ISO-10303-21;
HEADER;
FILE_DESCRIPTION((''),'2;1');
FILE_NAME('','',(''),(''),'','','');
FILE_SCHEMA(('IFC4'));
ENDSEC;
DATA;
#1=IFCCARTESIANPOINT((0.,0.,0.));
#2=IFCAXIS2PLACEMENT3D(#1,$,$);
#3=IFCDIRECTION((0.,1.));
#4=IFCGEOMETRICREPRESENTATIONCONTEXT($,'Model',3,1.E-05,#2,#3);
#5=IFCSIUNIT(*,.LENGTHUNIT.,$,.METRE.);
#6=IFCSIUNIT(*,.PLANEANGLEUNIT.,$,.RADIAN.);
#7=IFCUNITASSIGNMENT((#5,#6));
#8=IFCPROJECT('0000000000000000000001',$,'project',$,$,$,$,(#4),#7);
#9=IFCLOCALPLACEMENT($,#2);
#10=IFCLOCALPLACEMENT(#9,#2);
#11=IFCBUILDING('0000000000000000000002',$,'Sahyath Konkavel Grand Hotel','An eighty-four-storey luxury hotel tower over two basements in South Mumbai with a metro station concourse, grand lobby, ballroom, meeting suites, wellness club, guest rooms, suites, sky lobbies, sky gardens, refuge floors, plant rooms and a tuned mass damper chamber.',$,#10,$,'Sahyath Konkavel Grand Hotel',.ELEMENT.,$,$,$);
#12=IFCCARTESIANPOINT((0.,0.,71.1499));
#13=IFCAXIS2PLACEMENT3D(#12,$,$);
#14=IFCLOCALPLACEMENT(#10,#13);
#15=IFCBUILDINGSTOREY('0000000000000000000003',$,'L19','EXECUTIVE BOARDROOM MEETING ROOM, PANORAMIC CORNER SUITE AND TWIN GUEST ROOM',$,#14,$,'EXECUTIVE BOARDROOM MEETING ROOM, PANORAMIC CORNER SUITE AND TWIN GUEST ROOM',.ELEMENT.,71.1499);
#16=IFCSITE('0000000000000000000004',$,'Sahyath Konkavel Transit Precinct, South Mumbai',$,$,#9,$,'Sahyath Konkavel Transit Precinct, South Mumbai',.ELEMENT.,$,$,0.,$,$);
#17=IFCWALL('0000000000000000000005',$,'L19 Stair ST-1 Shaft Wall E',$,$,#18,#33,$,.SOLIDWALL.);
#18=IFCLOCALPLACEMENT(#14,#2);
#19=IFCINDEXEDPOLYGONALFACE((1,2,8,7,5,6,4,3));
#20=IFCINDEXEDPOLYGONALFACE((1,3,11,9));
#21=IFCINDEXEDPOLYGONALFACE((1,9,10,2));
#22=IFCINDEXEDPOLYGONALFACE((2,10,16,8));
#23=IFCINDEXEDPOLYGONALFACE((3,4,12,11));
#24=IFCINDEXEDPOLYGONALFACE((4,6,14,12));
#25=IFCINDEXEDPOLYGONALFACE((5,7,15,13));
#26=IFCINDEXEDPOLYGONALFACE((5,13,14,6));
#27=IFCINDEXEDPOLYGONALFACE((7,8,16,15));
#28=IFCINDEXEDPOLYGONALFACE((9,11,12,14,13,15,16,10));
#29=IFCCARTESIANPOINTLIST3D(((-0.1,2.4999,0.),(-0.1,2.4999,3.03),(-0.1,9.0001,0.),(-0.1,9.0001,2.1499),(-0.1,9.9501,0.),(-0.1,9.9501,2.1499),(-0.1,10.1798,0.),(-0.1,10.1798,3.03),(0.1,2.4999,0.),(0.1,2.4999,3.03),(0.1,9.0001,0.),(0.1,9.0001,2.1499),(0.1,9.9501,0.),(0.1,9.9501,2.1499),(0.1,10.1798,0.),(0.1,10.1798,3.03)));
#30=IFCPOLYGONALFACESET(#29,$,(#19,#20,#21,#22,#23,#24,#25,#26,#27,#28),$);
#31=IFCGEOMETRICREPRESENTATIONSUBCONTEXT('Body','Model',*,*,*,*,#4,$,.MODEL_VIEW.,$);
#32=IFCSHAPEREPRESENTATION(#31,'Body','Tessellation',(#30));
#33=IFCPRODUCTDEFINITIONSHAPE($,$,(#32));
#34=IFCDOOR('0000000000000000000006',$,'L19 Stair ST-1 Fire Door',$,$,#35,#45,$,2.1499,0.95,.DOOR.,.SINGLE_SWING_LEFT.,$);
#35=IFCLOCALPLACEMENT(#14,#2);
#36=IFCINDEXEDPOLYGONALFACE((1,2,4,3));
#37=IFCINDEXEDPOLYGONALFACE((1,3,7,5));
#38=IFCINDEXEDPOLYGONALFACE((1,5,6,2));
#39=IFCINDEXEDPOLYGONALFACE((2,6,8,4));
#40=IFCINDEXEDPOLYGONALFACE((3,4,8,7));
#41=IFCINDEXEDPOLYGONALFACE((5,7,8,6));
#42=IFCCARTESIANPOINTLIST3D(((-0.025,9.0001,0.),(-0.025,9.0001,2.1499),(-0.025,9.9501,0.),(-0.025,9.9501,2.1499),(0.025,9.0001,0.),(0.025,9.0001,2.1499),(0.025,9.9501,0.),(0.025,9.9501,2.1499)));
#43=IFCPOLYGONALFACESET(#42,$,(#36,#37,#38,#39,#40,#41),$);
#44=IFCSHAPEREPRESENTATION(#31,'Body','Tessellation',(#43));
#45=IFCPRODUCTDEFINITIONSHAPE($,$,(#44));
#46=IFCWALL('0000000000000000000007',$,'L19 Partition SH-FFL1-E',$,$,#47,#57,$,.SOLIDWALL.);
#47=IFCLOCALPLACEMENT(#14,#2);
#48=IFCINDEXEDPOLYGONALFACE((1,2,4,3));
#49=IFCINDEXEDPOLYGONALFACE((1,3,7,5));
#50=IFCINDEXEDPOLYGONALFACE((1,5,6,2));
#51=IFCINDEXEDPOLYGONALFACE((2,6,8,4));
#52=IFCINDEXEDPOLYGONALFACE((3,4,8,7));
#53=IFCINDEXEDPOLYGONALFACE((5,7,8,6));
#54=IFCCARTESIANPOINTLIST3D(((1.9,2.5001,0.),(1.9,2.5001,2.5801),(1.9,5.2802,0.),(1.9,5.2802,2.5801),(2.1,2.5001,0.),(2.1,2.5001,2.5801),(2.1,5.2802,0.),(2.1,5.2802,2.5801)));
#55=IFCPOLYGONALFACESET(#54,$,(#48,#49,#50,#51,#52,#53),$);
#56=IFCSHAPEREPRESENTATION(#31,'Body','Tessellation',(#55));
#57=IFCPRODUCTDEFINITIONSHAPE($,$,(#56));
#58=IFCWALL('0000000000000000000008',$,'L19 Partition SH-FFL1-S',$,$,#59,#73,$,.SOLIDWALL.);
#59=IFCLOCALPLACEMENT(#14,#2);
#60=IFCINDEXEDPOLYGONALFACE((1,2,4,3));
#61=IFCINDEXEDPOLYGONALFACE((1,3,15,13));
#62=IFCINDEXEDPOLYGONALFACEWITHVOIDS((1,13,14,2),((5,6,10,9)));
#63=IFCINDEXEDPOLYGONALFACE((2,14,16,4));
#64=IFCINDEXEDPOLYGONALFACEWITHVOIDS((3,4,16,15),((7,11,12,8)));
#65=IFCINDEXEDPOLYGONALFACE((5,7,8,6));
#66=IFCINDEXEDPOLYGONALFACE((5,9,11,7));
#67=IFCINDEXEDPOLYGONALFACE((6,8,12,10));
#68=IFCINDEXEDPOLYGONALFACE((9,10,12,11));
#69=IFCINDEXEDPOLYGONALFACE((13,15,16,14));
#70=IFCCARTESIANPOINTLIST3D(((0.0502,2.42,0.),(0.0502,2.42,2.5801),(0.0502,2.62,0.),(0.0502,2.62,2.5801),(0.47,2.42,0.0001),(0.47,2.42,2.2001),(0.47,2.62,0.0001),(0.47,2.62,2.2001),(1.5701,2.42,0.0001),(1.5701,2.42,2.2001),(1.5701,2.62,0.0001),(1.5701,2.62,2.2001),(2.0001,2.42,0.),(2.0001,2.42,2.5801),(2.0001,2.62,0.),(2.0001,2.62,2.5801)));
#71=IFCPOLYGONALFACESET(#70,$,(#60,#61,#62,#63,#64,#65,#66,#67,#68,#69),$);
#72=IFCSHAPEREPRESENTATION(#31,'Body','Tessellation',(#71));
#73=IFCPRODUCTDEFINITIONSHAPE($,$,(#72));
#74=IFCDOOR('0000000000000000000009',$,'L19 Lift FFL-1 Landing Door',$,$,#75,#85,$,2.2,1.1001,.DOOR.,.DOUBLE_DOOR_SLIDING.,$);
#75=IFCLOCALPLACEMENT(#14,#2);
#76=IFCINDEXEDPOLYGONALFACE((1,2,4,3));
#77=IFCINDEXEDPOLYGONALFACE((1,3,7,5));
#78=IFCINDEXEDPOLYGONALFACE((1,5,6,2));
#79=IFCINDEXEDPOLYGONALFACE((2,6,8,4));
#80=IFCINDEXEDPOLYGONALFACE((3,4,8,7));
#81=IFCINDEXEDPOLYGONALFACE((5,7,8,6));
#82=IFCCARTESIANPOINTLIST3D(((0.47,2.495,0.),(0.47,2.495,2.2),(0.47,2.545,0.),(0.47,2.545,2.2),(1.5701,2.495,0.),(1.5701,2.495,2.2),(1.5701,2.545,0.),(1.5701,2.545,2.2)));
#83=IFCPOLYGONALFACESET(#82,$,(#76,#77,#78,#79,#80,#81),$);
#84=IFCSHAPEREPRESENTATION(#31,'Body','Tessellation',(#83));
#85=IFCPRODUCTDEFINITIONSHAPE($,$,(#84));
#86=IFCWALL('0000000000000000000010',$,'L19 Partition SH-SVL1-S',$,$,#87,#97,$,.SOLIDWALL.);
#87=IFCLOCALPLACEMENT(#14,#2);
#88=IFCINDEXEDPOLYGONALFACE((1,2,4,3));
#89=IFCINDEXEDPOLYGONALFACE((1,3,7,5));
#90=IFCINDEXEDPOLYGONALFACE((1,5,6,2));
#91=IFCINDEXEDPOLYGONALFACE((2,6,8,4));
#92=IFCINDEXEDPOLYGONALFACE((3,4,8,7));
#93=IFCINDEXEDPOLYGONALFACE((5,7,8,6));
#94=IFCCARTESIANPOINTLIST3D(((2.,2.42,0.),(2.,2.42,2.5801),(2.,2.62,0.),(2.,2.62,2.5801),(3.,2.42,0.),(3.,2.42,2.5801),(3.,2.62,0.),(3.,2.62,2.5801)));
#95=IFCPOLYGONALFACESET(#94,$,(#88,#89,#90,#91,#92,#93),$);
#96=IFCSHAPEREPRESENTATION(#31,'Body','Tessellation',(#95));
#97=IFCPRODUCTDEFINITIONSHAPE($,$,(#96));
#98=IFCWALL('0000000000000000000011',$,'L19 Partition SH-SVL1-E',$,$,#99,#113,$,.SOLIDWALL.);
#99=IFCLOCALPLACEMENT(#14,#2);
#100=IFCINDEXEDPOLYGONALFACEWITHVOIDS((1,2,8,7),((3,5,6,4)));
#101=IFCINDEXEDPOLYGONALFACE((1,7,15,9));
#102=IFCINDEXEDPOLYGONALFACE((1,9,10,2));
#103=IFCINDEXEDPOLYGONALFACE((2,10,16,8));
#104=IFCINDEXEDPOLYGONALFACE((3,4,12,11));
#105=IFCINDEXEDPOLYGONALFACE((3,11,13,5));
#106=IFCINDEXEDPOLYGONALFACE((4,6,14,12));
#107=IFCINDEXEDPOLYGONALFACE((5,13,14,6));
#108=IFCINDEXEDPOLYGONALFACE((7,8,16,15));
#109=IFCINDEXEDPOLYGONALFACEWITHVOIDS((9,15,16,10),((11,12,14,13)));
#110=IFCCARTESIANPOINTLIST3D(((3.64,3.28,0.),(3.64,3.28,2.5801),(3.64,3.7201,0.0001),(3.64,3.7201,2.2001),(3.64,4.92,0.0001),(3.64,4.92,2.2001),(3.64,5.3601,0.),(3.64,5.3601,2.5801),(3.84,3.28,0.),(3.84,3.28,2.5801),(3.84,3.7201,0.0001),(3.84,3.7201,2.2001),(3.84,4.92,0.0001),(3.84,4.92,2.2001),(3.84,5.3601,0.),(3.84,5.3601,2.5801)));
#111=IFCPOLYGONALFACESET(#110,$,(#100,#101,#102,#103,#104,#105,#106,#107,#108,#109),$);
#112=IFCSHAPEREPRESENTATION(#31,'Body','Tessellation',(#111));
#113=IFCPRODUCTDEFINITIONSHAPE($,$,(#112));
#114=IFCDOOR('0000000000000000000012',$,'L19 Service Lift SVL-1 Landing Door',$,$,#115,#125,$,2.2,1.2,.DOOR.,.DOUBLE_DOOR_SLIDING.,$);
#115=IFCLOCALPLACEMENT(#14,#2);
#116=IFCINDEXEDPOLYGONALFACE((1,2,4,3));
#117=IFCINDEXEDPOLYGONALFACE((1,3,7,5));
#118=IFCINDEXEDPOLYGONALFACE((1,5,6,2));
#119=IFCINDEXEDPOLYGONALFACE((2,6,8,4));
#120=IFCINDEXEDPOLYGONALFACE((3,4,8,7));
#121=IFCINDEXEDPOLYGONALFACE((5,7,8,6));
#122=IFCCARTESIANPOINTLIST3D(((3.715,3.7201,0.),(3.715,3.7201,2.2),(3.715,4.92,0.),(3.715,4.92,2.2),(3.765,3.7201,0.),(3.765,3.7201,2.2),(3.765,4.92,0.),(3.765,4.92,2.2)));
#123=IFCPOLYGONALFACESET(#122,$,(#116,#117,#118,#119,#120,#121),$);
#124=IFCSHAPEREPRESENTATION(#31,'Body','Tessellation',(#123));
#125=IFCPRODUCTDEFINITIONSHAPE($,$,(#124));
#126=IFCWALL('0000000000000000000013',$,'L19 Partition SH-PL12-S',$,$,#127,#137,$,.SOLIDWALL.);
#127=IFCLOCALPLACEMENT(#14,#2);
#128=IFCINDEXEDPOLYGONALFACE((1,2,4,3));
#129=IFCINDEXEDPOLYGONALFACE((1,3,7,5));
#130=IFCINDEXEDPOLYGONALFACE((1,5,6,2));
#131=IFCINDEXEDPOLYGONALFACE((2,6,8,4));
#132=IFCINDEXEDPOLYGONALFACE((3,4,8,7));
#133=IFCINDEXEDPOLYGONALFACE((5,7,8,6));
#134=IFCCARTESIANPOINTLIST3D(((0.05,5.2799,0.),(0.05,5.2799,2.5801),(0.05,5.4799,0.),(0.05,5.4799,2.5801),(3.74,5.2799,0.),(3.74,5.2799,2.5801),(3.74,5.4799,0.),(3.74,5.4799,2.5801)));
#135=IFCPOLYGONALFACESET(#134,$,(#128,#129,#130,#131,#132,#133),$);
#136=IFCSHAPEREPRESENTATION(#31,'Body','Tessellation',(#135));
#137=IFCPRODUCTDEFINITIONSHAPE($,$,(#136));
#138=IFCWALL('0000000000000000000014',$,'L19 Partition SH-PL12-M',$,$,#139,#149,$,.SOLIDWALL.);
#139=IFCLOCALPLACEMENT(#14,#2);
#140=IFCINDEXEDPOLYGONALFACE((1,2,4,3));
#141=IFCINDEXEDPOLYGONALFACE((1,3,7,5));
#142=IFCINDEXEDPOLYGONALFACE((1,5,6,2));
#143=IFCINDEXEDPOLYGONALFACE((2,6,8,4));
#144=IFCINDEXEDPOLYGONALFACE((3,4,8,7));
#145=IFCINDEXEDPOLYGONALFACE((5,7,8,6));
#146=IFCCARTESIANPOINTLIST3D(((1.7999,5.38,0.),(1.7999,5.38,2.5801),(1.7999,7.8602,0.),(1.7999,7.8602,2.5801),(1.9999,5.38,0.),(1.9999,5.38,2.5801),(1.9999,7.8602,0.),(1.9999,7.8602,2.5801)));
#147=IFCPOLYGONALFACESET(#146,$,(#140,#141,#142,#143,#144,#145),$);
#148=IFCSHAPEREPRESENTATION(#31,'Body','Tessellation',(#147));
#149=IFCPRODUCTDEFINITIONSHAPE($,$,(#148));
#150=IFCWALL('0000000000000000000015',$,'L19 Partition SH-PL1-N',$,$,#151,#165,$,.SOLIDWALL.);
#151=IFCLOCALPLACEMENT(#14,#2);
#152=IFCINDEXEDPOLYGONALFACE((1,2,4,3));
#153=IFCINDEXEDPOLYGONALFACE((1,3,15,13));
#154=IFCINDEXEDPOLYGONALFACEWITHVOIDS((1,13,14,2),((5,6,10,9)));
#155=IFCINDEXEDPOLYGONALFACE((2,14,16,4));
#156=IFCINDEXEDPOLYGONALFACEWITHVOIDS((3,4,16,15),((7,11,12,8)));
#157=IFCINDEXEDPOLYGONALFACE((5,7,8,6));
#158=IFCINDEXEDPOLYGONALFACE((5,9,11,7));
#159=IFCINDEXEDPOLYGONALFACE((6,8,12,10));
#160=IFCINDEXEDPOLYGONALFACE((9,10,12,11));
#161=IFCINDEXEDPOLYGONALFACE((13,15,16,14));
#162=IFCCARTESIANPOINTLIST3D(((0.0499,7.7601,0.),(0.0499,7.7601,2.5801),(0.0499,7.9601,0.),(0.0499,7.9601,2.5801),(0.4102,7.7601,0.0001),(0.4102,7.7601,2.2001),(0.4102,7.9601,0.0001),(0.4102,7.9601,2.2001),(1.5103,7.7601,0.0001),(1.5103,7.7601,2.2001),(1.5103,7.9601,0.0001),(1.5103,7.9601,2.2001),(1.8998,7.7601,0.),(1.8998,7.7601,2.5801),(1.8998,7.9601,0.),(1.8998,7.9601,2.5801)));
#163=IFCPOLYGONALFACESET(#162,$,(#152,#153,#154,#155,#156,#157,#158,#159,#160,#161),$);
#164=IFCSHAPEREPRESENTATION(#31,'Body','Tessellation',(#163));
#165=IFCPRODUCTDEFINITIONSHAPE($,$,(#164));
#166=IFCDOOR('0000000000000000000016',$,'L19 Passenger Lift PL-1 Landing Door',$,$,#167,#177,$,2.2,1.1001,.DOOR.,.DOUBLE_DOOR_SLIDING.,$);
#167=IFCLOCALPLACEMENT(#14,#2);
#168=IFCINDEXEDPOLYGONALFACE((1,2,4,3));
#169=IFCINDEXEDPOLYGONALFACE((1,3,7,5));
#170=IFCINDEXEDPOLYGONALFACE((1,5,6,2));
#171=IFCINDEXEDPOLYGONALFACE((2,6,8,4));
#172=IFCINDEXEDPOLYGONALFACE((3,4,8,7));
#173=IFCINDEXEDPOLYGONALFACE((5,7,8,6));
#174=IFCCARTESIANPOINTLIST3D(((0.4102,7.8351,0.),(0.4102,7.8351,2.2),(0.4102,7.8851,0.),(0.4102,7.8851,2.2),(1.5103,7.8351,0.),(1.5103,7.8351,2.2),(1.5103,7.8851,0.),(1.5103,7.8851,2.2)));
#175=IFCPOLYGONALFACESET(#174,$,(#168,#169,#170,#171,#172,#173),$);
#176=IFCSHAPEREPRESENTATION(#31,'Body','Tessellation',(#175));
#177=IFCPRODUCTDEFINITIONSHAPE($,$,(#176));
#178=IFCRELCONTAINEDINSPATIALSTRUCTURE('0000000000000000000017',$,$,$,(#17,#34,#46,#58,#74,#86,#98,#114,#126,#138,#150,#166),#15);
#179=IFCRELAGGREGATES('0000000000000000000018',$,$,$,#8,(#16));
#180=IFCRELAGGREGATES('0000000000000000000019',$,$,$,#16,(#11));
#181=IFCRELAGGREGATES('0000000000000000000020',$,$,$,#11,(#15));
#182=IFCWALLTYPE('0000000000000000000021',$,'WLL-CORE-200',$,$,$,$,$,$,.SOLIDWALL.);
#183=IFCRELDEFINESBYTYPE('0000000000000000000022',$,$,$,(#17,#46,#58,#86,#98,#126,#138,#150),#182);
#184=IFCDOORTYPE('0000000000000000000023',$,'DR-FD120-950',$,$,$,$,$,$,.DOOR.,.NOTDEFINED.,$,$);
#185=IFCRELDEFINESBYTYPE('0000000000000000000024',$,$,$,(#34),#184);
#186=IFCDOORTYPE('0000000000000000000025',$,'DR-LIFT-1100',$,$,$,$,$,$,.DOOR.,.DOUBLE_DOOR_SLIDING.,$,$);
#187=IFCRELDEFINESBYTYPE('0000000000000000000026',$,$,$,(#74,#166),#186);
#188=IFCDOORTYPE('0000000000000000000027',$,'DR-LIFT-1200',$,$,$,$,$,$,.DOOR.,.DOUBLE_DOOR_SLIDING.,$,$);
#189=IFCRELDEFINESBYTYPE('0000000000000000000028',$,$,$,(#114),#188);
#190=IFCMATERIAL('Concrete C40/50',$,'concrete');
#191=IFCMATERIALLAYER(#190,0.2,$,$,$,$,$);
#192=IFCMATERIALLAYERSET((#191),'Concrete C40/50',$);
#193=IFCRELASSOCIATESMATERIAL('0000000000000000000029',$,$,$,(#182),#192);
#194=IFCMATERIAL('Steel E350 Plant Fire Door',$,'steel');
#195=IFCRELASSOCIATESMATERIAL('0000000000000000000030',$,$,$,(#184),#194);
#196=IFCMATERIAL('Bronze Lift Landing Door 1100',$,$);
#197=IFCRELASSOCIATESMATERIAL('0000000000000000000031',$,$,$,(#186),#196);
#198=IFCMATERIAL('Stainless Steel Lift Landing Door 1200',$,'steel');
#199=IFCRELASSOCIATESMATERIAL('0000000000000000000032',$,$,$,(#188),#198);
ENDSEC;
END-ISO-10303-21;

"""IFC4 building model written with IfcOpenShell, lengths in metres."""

from ifc_helpers import new_model, si_unit, direction, frame, frame_2d, origin, origin_2d, place, context, subcontext, project, spatial, rectangle, extrude, source, transform, mapped, material, layer, layer_set, type_object, element, fill, save


model = new_model("IFC4")

# Units and contexts
model_context = context("Model", 3, precision=1e-05, world=origin(), true_north=direction((0.0, 1.0)))
body_context = subcontext(model_context, "Body", "Model", "MODEL_VIEW")
ifc_project = project(units=[si_unit("LENGTHUNIT", "METRE"), si_unit("PLANEANGLEUNIT", "RADIAN")], contexts=[model_context])

# Site, building, storey
site_placement = place(None, origin())
site = spatial("IfcSite", under=ifc_project, at=site_placement, Name="Sahyath Konkavel Transit Precinct, South Mumbai", LongName="Sahyath Konkavel Transit Precinct, South Mumbai", CompositionType="ELEMENT", RefElevation=0.0)
building_placement = place(site_placement, origin())
building = spatial("IfcBuilding", under=site, at=building_placement, Name="Sahyath Konkavel Grand Hotel", Description="An eighty-four-storey luxury hotel tower over two basements in South Mumbai with a metro station concourse, grand lobby, ballroom, meeting suites, wellness club, guest rooms, suites, sky lobbies, sky gardens, refuge floors, plant rooms and a tuned mass damper chamber.", LongName="Sahyath Konkavel Grand Hotel", CompositionType="ELEMENT")
storey_placement = place(building_placement, frame((0.0, 0.0, 71.1499)))
storey = spatial("IfcBuildingStorey", under=building, at=storey_placement, Name="L19", Description="EXECUTIVE BOARDROOM MEETING ROOM, PANORAMIC CORNER SUITE AND TWIN GUEST ROOM", LongName="EXECUTIVE BOARDROOM MEETING ROOM, PANORAMIC CORNER SUITE AND TWIN GUEST ROOM", CompositionType="ELEMENT", Elevation=71.1499)

# Wall, opening, door
ifc_material_1 = material(Name="Concrete C40/50", Category="concrete")
ifc_layer_1 = layer(ifc_material_1, 0.2)
ifc_layer_set_1 = layer_set([ifc_layer_1], Name="Concrete C40/50")
wall_type_1 = type_object("IfcWallType", Name="WLL-CORE-200", PredefinedType="SOLIDWALL", material=ifc_layer_set_1)
wall_1_placement = place(storey_placement, frame((0.0, 2.5, 0.0), z_axis=(0.0, 0.0, 1.0), x_axis=(0.0, 1.0, 0.0)))
wall_1 = element("IfcWall", 1, at=wall_1_placement, inside=storey, type_object=wall_type_1, Name="L19 Stair ST-1 Shaft Wall E", PredefinedType="SOLIDWALL", context=body_context, shape_type="SweptSolid", body=[
    extrude(rectangle(XDim=7.6799, YDim=0.2, at=frame_2d((3.8398, 0.0))), origin(), (0.0, 0.0, 1.0), 3.03),
])
opening_1_placement = place(wall_1_placement, frame((6.5, 0.0, 0.0)))
opening_1 = element("IfcOpeningElement", 2, at=opening_1_placement, cuts=wall_1, PredefinedType="OPENING", context=body_context, shape_type="SweptSolid", body=[
    extrude(rectangle(XDim=0.95, YDim=2.1499, at=frame_2d((0.4751, 1.075))), frame((0.0, 0.1099, 0.0), z_axis=(0.0, -1.0, 0.0), x_axis=(1.0, 0.0, 0.0)), (0.0, 0.0, 1.0), 0.22),
])
ifc_material_2 = material(Name="Steel E350 Plant Fire Door", Category="steel")
door_type_1 = type_object("IfcDoorType", Name="DR-FD120-950", OperationType="NOTDEFINED", PredefinedType="DOOR", material=ifc_material_2)
shared_shape_1 = source(origin(), body_context, "Body", "SweptSolid", [
    extrude(rectangle(XDim=0.95, YDim=0.05, at=origin_2d()), origin(), (0.0, 0.0, 1.0), 2.1499),
])
door_1_placement = place(opening_1_placement, frame((0.4751, 0.0, 0.0)))
door_1 = element("IfcDoor", 3, at=door_1_placement, inside=storey, type_object=door_type_1, Name="L19 Stair ST-1 Fire Door", OperationType="SINGLE_SWING_LEFT", OverallHeight=2.1499, OverallWidth=0.95, PredefinedType="DOOR", context=body_context, shape_type="MappedRepresentation", body=[
    mapped(shared_shape_1, transform((0.0, 0.0, 0.0), scale=1.0)),
])
fill(opening_1, door_1)

# Wall
wall_2_placement = place(storey_placement, frame((2.0, 2.5, 0.0), z_axis=(0.0, 0.0, 1.0), x_axis=(0.0, 1.0, 0.0)))
element("IfcWall", 4, at=wall_2_placement, inside=storey, type_object=wall_type_1, Name="L19 Partition SH-FFL1-E", PredefinedType="SOLIDWALL", context=body_context, shape_type="SweptSolid", body=[
    extrude(rectangle(XDim=2.78, YDim=0.2, at=frame_2d((1.3901, 0.0))), origin(), (0.0, 0.0, 1.0), 2.5801),
])

# Wall, opening, door
wall_3_placement = place(storey_placement, frame((0.05, 2.52, 0.0), z_axis=(0.0, 0.0, 1.0), x_axis=(1.0, 0.0, 0.0)))
wall_3 = element("IfcWall", 5, at=wall_3_placement, inside=storey, type_object=wall_type_1, Name="L19 Partition SH-FFL1-S", PredefinedType="SOLIDWALL", context=body_context, shape_type="SweptSolid", body=[
    extrude(rectangle(XDim=1.95, YDim=0.2, at=frame_2d((0.9751, 0.0))), origin(), (0.0, 0.0, 1.0), 2.5801),
])
opening_2_placement = place(wall_3_placement, frame((0.4199, 0.0, 0.0)))
opening_2 = element("IfcOpeningElement", 6, at=opening_2_placement, cuts=wall_3, PredefinedType="OPENING", context=body_context, shape_type="SweptSolid", body=[
    extrude(rectangle(XDim=1.1001, YDim=2.2, at=frame_2d((0.55, 1.1001))), frame((0.0, 0.1099, 0.0), z_axis=(0.0, -1.0, 0.0), x_axis=(1.0, 0.0, 0.0)), (0.0, 0.0, 1.0), 0.22),
])
ifc_material_3 = material(Name="Bronze Lift Landing Door 1100")
door_type_2 = type_object("IfcDoorType", Name="DR-LIFT-1100", OperationType="DOUBLE_DOOR_SLIDING", PredefinedType="DOOR", material=ifc_material_3)
shared_shape_2 = source(origin(), body_context, "Body", "SweptSolid", [
    extrude(rectangle(XDim=1.1001, YDim=0.05, at=origin_2d()), origin(), (0.0, 0.0, 1.0), 2.2),
])
door_2_placement = place(opening_2_placement, frame((0.55, 0.0, 0.0)))
door_2 = element("IfcDoor", 7, at=door_2_placement, inside=storey, type_object=door_type_2, Name="L19 Lift FFL-1 Landing Door", OperationType="DOUBLE_DOOR_SLIDING", OverallHeight=2.2, OverallWidth=1.1001, PredefinedType="DOOR", context=body_context, shape_type="MappedRepresentation", body=[
    mapped(shared_shape_2, transform((0.0, 0.0, 0.0), scale=1.0)),
])
fill(opening_2, door_2)

# Wall
wall_4_placement = place(storey_placement, frame((2.0, 2.52, 0.0), z_axis=(0.0, 0.0, 1.0), x_axis=(1.0, 0.0, 0.0)))
element("IfcWall", 8, at=wall_4_placement, inside=storey, type_object=wall_type_1, Name="L19 Partition SH-SVL1-S", PredefinedType="SOLIDWALL", context=body_context, shape_type="SweptSolid", body=[
    extrude(rectangle(XDim=1.0, YDim=0.2, at=frame_2d((0.5, 0.0))), origin(), (0.0, 0.0, 1.0), 2.5801),
])

# Wall, opening, door
wall_5_placement = place(storey_placement, frame((3.74, 3.28, 0.0), z_axis=(0.0, 0.0, 1.0), x_axis=(0.0, 1.0, 0.0)))
wall_5 = element("IfcWall", 9, at=wall_5_placement, inside=storey, type_object=wall_type_1, Name="L19 Partition SH-SVL1-E", PredefinedType="SOLIDWALL", context=body_context, shape_type="SweptSolid", body=[
    extrude(rectangle(XDim=2.0801, YDim=0.2, at=frame_2d((1.04, 0.0))), origin(), (0.0, 0.0, 1.0), 2.5801),
])
opening_3_placement = place(wall_5_placement, frame((0.4399, 0.0, 0.0)))
opening_3 = element("IfcOpeningElement", 10, at=opening_3_placement, cuts=wall_5, PredefinedType="OPENING", context=body_context, shape_type="SweptSolid", body=[
    extrude(rectangle(XDim=1.2, YDim=2.2, at=frame_2d((0.6001, 1.1001))), frame((0.0, 0.1099, 0.0), z_axis=(0.0, -1.0, 0.0), x_axis=(1.0, 0.0, 0.0)), (0.0, 0.0, 1.0), 0.22),
])
ifc_material_4 = material(Name="Stainless Steel Lift Landing Door 1200", Category="steel")
door_type_3 = type_object("IfcDoorType", Name="DR-LIFT-1200", OperationType="DOUBLE_DOOR_SLIDING", PredefinedType="DOOR", material=ifc_material_4)
shared_shape_3 = source(origin(), body_context, "Body", "SweptSolid", [
    extrude(rectangle(XDim=1.2, YDim=0.05, at=origin_2d()), origin(), (0.0, 0.0, 1.0), 2.2),
])
door_3_placement = place(opening_3_placement, frame((0.6001, 0.0, 0.0)))
door_3 = element("IfcDoor", 11, at=door_3_placement, inside=storey, type_object=door_type_3, Name="L19 Service Lift SVL-1 Landing Door", OperationType="DOUBLE_DOOR_SLIDING", OverallHeight=2.2, OverallWidth=1.2, PredefinedType="DOOR", context=body_context, shape_type="MappedRepresentation", body=[
    mapped(shared_shape_3, transform((0.0, 0.0, 0.0), scale=1.0)),
])
fill(opening_3, door_3)

# Walls
wall_6_placement = place(storey_placement, frame((0.05, 5.3799, 0.0), z_axis=(0.0, 0.0, 1.0), x_axis=(1.0, 0.0, 0.0)))
element("IfcWall", 12, at=wall_6_placement, inside=storey, type_object=wall_type_1, Name="L19 Partition SH-PL12-S", PredefinedType="SOLIDWALL", context=body_context, shape_type="SweptSolid", body=[
    extrude(rectangle(XDim=3.6899, YDim=0.2, at=frame_2d((1.845, 0.0))), origin(), (0.0, 0.0, 1.0), 2.5801),
])
wall_7_placement = place(storey_placement, frame((1.8999, 5.3799, 0.0), z_axis=(0.0, 0.0, 1.0), x_axis=(0.0, 1.0, 0.0)))
element("IfcWall", 13, at=wall_7_placement, inside=storey, type_object=wall_type_1, Name="L19 Partition SH-PL12-M", PredefinedType="SOLIDWALL", context=body_context, shape_type="SweptSolid", body=[
    extrude(rectangle(XDim=2.4802, YDim=0.2, at=frame_2d((1.2402, 0.0))), origin(), (0.0, 0.0, 1.0), 2.5801),
])

# Wall, opening, door
wall_8_placement = place(storey_placement, frame((0.05, 7.8601, 0.0), z_axis=(0.0, 0.0, 1.0), x_axis=(1.0, 0.0, 0.0)))
wall_8 = element("IfcWall", 14, at=wall_8_placement, inside=storey, type_object=wall_type_1, Name="L19 Partition SH-PL1-N", PredefinedType="SOLIDWALL", context=body_context, shape_type="SweptSolid", body=[
    extrude(rectangle(XDim=1.8499, YDim=0.2, at=frame_2d((0.9248, 0.0))), origin(), (0.0, 0.0, 1.0), 2.5801),
])
opening_4_placement = place(wall_8_placement, frame((0.3601, 0.0, 0.0)))
opening_4 = element("IfcOpeningElement", 15, at=opening_4_placement, cuts=wall_8, PredefinedType="OPENING", context=body_context, shape_type="SweptSolid", body=[
    extrude(rectangle(XDim=1.1001, YDim=2.2, at=frame_2d((0.55, 1.1001))), frame((0.0, 0.1099, 0.0), z_axis=(0.0, -1.0, 0.0), x_axis=(1.0, 0.0, 0.0)), (0.0, 0.0, 1.0), 0.22),
])
door_4_placement = place(opening_4_placement, frame((0.55, 0.0, 0.0)))
door_4 = element("IfcDoor", 16, at=door_4_placement, inside=storey, type_object=door_type_2, Name="L19 Passenger Lift PL-1 Landing Door", OperationType="DOUBLE_DOOR_SLIDING", OverallHeight=2.2, OverallWidth=1.1001, PredefinedType="DOOR", context=body_context, shape_type="MappedRepresentation", body=[
    mapped(shared_shape_2, transform((0.0, 0.0, 0.0), scale=1.0)),
])
fill(opening_4, door_4)

save(model, "model.ifc")
